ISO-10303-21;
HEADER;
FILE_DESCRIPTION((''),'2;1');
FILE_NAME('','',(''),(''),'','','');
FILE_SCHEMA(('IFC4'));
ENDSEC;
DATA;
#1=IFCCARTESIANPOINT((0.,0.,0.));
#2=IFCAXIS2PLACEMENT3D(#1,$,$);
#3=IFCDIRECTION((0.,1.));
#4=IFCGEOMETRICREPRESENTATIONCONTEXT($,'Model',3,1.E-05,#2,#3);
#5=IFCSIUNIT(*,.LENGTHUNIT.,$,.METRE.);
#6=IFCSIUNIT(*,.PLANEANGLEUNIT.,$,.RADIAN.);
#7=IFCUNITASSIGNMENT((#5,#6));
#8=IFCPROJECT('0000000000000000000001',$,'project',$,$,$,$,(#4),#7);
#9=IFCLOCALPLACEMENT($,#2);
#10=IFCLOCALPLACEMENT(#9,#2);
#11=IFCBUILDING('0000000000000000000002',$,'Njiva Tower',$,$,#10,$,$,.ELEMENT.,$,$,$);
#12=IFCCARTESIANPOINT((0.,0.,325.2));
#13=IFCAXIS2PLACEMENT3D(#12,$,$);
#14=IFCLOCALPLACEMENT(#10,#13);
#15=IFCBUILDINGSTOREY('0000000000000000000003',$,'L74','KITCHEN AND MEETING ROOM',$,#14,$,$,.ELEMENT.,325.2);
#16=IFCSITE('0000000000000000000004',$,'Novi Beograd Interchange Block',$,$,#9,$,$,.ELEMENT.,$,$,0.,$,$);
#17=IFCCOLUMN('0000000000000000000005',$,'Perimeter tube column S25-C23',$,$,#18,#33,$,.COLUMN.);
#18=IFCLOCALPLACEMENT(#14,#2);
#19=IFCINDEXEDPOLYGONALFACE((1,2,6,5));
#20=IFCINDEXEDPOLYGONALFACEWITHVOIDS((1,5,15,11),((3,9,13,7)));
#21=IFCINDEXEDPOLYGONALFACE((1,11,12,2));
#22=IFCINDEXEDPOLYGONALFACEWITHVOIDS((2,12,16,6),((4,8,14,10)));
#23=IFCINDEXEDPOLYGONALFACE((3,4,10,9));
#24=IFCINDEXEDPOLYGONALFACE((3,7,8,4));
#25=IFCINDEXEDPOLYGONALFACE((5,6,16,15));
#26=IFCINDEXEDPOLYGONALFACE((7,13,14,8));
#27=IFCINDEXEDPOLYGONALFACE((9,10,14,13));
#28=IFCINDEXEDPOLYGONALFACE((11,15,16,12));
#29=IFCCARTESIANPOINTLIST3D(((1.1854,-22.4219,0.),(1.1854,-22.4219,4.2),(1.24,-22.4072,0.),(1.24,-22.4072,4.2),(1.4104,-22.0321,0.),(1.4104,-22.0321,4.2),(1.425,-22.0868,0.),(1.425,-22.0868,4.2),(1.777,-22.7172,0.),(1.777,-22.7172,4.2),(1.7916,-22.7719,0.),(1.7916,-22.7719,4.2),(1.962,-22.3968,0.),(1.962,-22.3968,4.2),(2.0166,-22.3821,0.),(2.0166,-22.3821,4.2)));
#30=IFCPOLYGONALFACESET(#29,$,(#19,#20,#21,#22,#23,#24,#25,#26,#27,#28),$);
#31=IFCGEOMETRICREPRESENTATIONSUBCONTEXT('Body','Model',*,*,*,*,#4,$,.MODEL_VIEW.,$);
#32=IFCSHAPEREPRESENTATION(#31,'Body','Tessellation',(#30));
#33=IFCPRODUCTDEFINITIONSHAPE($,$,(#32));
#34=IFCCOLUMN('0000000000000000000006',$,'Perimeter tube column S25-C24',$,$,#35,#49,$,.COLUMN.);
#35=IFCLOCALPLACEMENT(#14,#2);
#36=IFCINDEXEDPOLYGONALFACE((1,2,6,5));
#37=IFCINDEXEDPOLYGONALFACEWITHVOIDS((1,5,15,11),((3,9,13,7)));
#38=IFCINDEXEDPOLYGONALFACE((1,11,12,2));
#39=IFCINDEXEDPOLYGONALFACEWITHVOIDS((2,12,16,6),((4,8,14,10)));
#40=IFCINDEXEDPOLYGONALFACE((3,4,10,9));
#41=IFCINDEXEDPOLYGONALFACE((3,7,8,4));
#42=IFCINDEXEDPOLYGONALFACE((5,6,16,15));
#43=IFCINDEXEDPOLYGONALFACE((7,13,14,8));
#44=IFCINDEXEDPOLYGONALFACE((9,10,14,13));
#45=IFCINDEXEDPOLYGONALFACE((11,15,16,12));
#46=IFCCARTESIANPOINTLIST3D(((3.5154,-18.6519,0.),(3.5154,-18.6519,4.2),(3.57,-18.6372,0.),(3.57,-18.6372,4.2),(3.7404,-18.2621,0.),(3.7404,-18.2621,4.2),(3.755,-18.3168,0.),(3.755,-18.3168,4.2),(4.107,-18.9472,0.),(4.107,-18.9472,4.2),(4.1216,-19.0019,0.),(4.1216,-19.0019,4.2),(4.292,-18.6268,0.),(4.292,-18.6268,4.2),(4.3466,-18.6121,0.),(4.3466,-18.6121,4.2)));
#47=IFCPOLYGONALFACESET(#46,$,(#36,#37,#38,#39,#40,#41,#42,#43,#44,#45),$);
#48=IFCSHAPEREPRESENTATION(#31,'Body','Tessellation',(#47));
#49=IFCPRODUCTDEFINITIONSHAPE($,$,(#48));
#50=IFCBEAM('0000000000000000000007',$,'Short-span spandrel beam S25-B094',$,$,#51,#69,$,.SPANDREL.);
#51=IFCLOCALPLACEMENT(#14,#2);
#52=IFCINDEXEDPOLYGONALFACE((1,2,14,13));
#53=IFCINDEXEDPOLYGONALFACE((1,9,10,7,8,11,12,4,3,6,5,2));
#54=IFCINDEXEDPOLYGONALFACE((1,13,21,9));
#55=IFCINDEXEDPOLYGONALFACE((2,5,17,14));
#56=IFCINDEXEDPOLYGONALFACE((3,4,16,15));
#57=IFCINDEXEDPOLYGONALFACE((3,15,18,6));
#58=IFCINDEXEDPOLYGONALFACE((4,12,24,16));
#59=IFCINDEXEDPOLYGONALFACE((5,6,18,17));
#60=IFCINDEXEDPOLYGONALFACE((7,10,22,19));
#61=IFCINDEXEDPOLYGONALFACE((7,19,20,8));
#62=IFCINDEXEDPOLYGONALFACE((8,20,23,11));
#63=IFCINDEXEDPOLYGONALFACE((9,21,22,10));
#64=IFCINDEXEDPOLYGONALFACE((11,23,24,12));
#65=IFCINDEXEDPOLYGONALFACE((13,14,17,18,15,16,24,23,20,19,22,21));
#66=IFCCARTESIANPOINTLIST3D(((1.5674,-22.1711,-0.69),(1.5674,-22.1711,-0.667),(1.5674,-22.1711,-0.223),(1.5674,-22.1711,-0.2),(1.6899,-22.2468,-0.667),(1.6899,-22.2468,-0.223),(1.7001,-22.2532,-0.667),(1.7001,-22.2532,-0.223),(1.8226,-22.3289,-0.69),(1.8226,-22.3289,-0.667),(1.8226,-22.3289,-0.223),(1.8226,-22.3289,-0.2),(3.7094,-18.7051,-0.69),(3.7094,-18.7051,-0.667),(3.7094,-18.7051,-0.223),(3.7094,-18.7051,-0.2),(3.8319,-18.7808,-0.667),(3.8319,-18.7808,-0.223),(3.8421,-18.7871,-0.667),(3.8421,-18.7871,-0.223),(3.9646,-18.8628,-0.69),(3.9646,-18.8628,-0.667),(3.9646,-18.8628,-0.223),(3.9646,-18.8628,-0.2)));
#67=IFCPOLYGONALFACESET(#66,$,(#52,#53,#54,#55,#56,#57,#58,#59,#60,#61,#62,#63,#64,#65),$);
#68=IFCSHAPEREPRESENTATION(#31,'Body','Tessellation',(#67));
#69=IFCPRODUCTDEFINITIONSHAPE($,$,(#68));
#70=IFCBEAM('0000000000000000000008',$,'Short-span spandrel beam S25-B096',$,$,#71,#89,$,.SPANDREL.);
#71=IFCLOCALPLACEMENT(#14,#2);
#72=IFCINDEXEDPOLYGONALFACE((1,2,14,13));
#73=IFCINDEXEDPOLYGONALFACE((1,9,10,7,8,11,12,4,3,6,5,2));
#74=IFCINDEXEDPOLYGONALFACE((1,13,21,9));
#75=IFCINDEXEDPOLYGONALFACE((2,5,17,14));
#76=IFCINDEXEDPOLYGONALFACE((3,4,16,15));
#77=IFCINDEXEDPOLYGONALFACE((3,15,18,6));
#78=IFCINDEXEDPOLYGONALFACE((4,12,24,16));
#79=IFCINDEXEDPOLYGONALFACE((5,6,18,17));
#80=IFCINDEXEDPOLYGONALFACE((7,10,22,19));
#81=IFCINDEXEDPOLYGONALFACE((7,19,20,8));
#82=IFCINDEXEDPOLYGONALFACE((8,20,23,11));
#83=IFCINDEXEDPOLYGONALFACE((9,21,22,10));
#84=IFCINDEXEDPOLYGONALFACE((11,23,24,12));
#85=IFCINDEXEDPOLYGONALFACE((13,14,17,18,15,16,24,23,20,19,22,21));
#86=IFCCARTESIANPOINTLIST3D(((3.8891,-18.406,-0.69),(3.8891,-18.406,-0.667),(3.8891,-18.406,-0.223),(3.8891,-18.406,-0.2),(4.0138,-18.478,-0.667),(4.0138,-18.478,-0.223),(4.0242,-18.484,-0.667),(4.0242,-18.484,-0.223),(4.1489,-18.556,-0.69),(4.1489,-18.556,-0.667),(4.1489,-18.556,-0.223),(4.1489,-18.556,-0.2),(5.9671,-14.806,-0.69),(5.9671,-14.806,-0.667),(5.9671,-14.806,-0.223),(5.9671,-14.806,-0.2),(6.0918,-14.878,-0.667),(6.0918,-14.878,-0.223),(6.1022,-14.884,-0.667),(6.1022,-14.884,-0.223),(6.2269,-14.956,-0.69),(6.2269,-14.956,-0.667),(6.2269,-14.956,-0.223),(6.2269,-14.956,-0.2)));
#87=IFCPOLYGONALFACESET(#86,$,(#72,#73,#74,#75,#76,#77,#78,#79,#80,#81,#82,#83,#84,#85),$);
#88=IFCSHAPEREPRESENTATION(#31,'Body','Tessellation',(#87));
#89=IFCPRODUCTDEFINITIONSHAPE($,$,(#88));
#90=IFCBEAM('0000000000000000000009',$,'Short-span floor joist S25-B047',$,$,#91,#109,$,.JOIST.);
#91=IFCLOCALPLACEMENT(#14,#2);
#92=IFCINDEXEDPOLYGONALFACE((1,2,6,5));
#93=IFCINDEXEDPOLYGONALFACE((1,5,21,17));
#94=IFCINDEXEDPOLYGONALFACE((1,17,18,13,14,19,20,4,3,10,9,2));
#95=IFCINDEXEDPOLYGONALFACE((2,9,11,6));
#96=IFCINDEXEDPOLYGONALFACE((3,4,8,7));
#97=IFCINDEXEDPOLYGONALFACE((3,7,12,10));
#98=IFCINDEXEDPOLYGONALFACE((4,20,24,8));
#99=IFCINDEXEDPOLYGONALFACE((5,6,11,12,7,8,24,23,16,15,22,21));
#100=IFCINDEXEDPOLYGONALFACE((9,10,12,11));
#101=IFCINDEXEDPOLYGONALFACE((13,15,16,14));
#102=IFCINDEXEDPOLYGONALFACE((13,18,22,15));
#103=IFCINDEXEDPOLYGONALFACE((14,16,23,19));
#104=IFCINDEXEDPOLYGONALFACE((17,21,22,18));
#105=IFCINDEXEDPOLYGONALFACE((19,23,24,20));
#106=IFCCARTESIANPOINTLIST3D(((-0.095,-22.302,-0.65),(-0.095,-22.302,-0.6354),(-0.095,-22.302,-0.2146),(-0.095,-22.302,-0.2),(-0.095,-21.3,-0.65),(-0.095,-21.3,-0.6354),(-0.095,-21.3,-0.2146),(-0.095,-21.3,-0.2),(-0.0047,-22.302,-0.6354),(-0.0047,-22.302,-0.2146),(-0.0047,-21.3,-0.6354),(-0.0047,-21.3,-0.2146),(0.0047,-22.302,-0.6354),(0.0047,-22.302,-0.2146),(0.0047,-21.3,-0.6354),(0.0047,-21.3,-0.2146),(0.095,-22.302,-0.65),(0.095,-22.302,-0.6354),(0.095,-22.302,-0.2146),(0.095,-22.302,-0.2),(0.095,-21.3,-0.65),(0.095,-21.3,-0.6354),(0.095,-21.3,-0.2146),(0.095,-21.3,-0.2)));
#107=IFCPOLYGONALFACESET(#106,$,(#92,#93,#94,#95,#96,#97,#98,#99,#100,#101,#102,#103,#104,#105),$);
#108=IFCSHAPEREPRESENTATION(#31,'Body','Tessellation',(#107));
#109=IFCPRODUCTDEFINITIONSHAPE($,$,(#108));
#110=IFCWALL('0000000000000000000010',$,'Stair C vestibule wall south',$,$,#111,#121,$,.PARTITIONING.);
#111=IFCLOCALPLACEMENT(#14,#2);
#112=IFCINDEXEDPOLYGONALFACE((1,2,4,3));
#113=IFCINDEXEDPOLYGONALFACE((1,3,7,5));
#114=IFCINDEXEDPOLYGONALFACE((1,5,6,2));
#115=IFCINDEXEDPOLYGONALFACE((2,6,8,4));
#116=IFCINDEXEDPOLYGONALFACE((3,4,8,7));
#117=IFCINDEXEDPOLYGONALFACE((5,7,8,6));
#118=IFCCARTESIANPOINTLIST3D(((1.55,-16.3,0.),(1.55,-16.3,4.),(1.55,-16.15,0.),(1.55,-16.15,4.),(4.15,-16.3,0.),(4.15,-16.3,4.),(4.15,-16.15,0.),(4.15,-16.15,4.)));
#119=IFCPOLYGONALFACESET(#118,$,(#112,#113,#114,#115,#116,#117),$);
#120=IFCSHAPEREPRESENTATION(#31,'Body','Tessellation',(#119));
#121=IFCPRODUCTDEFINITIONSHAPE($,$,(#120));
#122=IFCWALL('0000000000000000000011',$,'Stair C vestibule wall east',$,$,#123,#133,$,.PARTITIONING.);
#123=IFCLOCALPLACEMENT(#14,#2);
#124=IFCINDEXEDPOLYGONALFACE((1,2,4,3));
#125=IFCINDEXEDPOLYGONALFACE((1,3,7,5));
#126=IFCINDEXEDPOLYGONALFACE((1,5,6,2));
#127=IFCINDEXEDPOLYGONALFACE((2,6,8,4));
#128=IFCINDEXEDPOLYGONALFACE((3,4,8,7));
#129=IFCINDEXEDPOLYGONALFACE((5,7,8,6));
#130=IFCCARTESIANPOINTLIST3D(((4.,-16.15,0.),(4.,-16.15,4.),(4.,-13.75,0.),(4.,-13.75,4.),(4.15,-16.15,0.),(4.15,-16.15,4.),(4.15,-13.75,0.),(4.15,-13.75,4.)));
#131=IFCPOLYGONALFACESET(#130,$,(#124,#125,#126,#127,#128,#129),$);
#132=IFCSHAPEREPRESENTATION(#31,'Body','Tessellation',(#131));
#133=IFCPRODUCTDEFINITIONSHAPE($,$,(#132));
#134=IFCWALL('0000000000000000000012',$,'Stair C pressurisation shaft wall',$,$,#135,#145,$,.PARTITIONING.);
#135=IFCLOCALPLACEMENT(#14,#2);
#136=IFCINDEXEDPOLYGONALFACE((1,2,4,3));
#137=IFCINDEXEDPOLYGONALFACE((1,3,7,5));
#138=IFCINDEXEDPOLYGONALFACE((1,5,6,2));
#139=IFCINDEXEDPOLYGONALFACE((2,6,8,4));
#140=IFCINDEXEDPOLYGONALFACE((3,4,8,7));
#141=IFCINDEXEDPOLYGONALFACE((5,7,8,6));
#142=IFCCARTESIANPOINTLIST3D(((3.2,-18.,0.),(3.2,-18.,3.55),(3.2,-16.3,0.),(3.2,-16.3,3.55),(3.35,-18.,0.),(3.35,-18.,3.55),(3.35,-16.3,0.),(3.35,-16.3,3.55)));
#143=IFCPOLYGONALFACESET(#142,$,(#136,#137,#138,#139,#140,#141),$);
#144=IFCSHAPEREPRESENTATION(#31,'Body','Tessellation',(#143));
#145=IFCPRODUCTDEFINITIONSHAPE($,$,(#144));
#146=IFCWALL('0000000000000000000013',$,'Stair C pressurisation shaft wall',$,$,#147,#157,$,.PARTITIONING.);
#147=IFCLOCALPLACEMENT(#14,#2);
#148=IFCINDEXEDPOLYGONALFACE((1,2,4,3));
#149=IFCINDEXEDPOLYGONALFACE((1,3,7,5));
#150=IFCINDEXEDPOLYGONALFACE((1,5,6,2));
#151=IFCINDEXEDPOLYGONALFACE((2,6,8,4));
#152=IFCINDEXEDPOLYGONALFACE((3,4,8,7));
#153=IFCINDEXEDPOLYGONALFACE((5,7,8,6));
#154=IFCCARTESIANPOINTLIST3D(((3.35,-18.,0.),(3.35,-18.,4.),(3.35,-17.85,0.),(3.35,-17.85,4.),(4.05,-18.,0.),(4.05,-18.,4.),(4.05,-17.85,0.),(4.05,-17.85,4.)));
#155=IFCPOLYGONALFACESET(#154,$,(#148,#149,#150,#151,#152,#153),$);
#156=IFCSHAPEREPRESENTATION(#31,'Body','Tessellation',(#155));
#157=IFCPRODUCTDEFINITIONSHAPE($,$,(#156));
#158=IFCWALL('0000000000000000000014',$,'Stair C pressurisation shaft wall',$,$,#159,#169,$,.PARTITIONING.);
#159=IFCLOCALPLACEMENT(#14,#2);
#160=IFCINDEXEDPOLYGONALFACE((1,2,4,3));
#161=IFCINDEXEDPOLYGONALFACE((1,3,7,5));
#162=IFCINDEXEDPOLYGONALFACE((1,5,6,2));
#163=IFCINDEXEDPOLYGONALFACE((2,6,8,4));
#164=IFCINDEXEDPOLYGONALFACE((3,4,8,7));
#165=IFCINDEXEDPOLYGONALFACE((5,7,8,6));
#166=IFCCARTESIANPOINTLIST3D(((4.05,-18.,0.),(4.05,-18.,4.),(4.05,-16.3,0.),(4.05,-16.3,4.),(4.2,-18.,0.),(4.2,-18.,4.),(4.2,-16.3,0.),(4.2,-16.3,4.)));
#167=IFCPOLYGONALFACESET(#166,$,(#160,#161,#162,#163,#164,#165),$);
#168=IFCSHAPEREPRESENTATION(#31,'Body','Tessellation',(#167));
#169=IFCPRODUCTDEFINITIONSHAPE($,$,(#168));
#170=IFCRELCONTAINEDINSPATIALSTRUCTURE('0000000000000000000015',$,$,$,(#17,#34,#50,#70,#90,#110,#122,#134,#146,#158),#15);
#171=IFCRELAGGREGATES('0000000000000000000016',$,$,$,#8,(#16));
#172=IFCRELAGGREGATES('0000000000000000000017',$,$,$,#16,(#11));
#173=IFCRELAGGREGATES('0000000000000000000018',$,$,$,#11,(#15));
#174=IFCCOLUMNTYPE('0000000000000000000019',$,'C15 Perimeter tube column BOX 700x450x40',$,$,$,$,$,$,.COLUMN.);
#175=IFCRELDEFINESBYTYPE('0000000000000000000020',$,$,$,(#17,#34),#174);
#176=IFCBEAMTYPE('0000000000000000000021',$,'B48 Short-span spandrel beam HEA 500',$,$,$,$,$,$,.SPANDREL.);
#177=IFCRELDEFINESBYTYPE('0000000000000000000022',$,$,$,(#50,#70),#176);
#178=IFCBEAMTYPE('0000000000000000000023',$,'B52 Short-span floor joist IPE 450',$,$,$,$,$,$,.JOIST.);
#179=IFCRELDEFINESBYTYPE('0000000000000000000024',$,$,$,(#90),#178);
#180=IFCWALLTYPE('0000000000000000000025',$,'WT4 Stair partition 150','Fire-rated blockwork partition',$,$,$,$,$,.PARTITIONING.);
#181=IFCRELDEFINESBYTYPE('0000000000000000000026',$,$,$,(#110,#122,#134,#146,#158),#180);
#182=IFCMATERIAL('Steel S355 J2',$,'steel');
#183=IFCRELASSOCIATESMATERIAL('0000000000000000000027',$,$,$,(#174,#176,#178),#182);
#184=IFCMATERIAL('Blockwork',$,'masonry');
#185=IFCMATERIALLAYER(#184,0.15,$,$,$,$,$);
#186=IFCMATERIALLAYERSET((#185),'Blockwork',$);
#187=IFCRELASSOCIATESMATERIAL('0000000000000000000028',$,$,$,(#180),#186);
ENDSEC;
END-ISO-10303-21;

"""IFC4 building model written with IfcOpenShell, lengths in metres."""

from ifc_helpers import new_model, si_unit, direction, frame, frame_2d, origin, origin_2d, place, context, subcontext, project, spatial, rectangle, hollow_rectangle, i_section, extrude, material, layer, layer_set, material_profile, profile_set, type_object, element, save


model = new_model("IFC4")

# Units and contexts
model_context = context("Model", 3, precision=1e-05, world=origin(), true_north=direction((0.0, 1.0)))
body_context = subcontext(model_context, "Body", "Model", "MODEL_VIEW")
ifc_project = project(units=[si_unit("LENGTHUNIT", "METRE"), si_unit("PLANEANGLEUNIT", "RADIAN")], contexts=[model_context])

# Site, building, storey
site_placement = place(None, origin())
site = spatial("IfcSite", under=ifc_project, at=site_placement, Name="Novi Beograd Interchange Block", CompositionType="ELEMENT", RefElevation=0.0)
building_placement = place(site_placement, origin())
building = spatial("IfcBuilding", under=site, at=building_placement, Name="Njiva Tower", CompositionType="ELEMENT")
storey_placement = place(building_placement, frame((0.0, 0.0, 325.2)))
storey = spatial("IfcBuildingStorey", under=building, at=storey_placement, Name="L74", Description="KITCHEN AND MEETING ROOM", CompositionType="ELEMENT", Elevation=325.2)

# Columns
ifc_material_1 = material(Name="Steel S355 J2", Category="steel")
ifc_material_profile_1 = material_profile(ifc_material_1, hollow_rectangle(XDim=0.45, YDim=0.7, WallThickness=0.04, at=origin_2d()), Name="BOX 700x450x40")
ifc_profile_set_1 = profile_set([ifc_material_profile_1], Name="Steel S355 J2")
column_type = type_object("IfcColumnType", Name="C15 Perimeter tube column BOX 700x450x40", PredefinedType="COLUMN", material=ifc_profile_set_1)
for number, where, z_axis, x_axis, name in (
    (1, (1.601, -22.402, 0.0), (0.0, 0.0, 1.0), (0.5, 0.866025, 0.0), "Perimeter tube column S25-C23"),
    (2, (3.931, -18.632, 0.0), (0.0, 0.0, 1.0), (0.5, 0.866025, 0.0), "Perimeter tube column S25-C24"),
):
    element("IfcColumn", number, at=place(storey_placement, frame(where, z_axis=z_axis, x_axis=x_axis)), inside=storey, type_object=column_type, Name=name, PredefinedType="COLUMN", context=body_context, shape_type="SweptSolid", body=[
        extrude(hollow_rectangle(XDim=0.45, YDim=0.7, WallThickness=0.04, at=origin_2d()), origin(), (0.0, 0.0, 1.0), 4.2),
    ])

# Beams
ifc_material_profile_2 = material_profile(ifc_material_1, i_section(OverallWidth=0.3, OverallDepth=0.49, WebThickness=0.012, FlangeThickness=0.023, at=origin_2d()), Name="HEA 500")
ifc_profile_set_2 = profile_set([ifc_material_profile_2], Name="Steel S355 J2")
beam_type_1 = type_object("IfcBeamType", Name="B48 Short-span spandrel beam HEA 500", PredefinedType="SPANDREL", material=ifc_profile_set_2)
beam_1_placement = place(storey_placement, frame((1.695, -22.25, -0.445), z_axis=(0.525712, 0.850662, 0.0), x_axis=(-0.850662, 0.525712, 0.0)))
element("IfcBeam", 3, at=beam_1_placement, inside=storey, type_object=beam_type_1, Name="Short-span spandrel beam S25-B094", PredefinedType="SPANDREL", context=body_context, shape_type="SweptSolid", body=[
    extrude(i_section(OverallWidth=0.3, OverallDepth=0.49, WebThickness=0.012, FlangeThickness=0.023, at=origin_2d()), origin(), (0.0, 0.0, 1.0), 4.0745),
])
beam_2_placement = place(storey_placement, frame((4.019, -18.481, -0.445), z_axis=(0.499917, 0.866073, 0.0), x_axis=(-0.866073, 0.499917, 0.0)))
element("IfcBeam", 4, at=beam_2_placement, inside=storey, type_object=beam_type_1, Name="Short-span spandrel beam S25-B096", PredefinedType="SPANDREL", context=body_context, shape_type="SweptSolid", body=[
    extrude(i_section(OverallWidth=0.3, OverallDepth=0.49, WebThickness=0.012, FlangeThickness=0.023, at=origin_2d()), origin(), (0.0, 0.0, 1.0), 4.1567),
])
ifc_material_profile_3 = material_profile(ifc_material_1, i_section(OverallWidth=0.19, OverallDepth=0.45, WebThickness=0.0094, FlangeThickness=0.0146, at=origin_2d()), Name="IPE 450")
ifc_profile_set_3 = profile_set([ifc_material_profile_3], Name="Steel S355 J2")
beam_type_2 = type_object("IfcBeamType", Name="B52 Short-span floor joist IPE 450", PredefinedType="JOIST", material=ifc_profile_set_3)
beam_3_placement = place(storey_placement, frame((0.0, -21.3, -0.425), z_axis=(0.0, -1.0, 0.0), x_axis=(1.0, 0.0, 0.0)))
element("IfcBeam", 5, at=beam_3_placement, inside=storey, type_object=beam_type_2, Name="Short-span floor joist S25-B047", PredefinedType="JOIST", context=body_context, shape_type="SweptSolid", body=[
    extrude(i_section(OverallWidth=0.19, OverallDepth=0.45, WebThickness=0.0094, FlangeThickness=0.0146, at=origin_2d()), origin(), (0.0, 0.0, 1.0), 1.002),
])

# Walls
ifc_material_2 = material(Name="Blockwork", Category="masonry")
ifc_layer_1 = layer(ifc_material_2, 0.15)
ifc_layer_set_1 = layer_set([ifc_layer_1], Name="Blockwork")
wall_type_1 = type_object("IfcWallType", Name="WT4 Stair partition 150", Description="Fire-rated blockwork partition", PredefinedType="PARTITIONING", material=ifc_layer_set_1)
wall_1_placement = place(storey_placement, frame((1.55, -16.225, 0.0), z_axis=(0.0, 0.0, 1.0), x_axis=(1.0, 0.0, 0.0)))
element("IfcWall", 6, at=wall_1_placement, inside=storey, type_object=wall_type_1, Name="Stair C vestibule wall south", PredefinedType="PARTITIONING", context=body_context, shape_type="SweptSolid", body=[
    extrude(rectangle(XDim=2.6, YDim=0.15, at=frame_2d((1.3, 0.0))), origin(), (0.0, 0.0, 1.0), 4.0),
])
wall_2_placement = place(storey_placement, frame((4.075, -16.15, 0.0), z_axis=(0.0, 0.0, 1.0), x_axis=(0.0, 1.0, 0.0)))
element("IfcWall", 7, at=wall_2_placement, inside=storey, type_object=wall_type_1, Name="Stair C vestibule wall east", PredefinedType="PARTITIONING", context=body_context, shape_type="SweptSolid", body=[
    extrude(rectangle(XDim=2.4, YDim=0.15, at=frame_2d((1.2, 0.0))), origin(), (0.0, 0.0, 1.0), 4.0),
])
wall_3_placement = place(storey_placement, frame((3.275, -18.0, 0.0), z_axis=(0.0, 0.0, 1.0), x_axis=(0.0, 1.0, 0.0)))
element("IfcWall", 8, at=wall_3_placement, inside=storey, type_object=wall_type_1, Name="Stair C pressurisation shaft wall", PredefinedType="PARTITIONING", context=body_context, shape_type="SweptSolid", body=[
    extrude(rectangle(XDim=1.7, YDim=0.15, at=frame_2d((0.85, 0.0))), origin(), (0.0, 0.0, 1.0), 3.55),
])
wall_4_placement = place(storey_placement, frame((3.35, -17.925, 0.0), z_axis=(0.0, 0.0, 1.0), x_axis=(1.0, 0.0, 0.0)))
element("IfcWall", 9, at=wall_4_placement, inside=storey, type_object=wall_type_1, Name="Stair C pressurisation shaft wall", PredefinedType="PARTITIONING", context=body_context, shape_type="SweptSolid", body=[
    extrude(rectangle(XDim=0.7, YDim=0.15, at=frame_2d((0.35, 0.0))), origin(), (0.0, 0.0, 1.0), 4.0),
])
wall_5_placement = place(storey_placement, frame((4.125, -18.0, 0.0), z_axis=(0.0, 0.0, 1.0), x_axis=(0.0, 1.0, 0.0)))
element("IfcWall", 10, at=wall_5_placement, inside=storey, type_object=wall_type_1, Name="Stair C pressurisation shaft wall", PredefinedType="PARTITIONING", context=body_context, shape_type="SweptSolid", body=[
    extrude(rectangle(XDim=1.7, YDim=0.15, at=frame_2d((0.85, 0.0))), origin(), (0.0, 0.0, 1.0), 4.0),
])

save(model, "model.ifc")
